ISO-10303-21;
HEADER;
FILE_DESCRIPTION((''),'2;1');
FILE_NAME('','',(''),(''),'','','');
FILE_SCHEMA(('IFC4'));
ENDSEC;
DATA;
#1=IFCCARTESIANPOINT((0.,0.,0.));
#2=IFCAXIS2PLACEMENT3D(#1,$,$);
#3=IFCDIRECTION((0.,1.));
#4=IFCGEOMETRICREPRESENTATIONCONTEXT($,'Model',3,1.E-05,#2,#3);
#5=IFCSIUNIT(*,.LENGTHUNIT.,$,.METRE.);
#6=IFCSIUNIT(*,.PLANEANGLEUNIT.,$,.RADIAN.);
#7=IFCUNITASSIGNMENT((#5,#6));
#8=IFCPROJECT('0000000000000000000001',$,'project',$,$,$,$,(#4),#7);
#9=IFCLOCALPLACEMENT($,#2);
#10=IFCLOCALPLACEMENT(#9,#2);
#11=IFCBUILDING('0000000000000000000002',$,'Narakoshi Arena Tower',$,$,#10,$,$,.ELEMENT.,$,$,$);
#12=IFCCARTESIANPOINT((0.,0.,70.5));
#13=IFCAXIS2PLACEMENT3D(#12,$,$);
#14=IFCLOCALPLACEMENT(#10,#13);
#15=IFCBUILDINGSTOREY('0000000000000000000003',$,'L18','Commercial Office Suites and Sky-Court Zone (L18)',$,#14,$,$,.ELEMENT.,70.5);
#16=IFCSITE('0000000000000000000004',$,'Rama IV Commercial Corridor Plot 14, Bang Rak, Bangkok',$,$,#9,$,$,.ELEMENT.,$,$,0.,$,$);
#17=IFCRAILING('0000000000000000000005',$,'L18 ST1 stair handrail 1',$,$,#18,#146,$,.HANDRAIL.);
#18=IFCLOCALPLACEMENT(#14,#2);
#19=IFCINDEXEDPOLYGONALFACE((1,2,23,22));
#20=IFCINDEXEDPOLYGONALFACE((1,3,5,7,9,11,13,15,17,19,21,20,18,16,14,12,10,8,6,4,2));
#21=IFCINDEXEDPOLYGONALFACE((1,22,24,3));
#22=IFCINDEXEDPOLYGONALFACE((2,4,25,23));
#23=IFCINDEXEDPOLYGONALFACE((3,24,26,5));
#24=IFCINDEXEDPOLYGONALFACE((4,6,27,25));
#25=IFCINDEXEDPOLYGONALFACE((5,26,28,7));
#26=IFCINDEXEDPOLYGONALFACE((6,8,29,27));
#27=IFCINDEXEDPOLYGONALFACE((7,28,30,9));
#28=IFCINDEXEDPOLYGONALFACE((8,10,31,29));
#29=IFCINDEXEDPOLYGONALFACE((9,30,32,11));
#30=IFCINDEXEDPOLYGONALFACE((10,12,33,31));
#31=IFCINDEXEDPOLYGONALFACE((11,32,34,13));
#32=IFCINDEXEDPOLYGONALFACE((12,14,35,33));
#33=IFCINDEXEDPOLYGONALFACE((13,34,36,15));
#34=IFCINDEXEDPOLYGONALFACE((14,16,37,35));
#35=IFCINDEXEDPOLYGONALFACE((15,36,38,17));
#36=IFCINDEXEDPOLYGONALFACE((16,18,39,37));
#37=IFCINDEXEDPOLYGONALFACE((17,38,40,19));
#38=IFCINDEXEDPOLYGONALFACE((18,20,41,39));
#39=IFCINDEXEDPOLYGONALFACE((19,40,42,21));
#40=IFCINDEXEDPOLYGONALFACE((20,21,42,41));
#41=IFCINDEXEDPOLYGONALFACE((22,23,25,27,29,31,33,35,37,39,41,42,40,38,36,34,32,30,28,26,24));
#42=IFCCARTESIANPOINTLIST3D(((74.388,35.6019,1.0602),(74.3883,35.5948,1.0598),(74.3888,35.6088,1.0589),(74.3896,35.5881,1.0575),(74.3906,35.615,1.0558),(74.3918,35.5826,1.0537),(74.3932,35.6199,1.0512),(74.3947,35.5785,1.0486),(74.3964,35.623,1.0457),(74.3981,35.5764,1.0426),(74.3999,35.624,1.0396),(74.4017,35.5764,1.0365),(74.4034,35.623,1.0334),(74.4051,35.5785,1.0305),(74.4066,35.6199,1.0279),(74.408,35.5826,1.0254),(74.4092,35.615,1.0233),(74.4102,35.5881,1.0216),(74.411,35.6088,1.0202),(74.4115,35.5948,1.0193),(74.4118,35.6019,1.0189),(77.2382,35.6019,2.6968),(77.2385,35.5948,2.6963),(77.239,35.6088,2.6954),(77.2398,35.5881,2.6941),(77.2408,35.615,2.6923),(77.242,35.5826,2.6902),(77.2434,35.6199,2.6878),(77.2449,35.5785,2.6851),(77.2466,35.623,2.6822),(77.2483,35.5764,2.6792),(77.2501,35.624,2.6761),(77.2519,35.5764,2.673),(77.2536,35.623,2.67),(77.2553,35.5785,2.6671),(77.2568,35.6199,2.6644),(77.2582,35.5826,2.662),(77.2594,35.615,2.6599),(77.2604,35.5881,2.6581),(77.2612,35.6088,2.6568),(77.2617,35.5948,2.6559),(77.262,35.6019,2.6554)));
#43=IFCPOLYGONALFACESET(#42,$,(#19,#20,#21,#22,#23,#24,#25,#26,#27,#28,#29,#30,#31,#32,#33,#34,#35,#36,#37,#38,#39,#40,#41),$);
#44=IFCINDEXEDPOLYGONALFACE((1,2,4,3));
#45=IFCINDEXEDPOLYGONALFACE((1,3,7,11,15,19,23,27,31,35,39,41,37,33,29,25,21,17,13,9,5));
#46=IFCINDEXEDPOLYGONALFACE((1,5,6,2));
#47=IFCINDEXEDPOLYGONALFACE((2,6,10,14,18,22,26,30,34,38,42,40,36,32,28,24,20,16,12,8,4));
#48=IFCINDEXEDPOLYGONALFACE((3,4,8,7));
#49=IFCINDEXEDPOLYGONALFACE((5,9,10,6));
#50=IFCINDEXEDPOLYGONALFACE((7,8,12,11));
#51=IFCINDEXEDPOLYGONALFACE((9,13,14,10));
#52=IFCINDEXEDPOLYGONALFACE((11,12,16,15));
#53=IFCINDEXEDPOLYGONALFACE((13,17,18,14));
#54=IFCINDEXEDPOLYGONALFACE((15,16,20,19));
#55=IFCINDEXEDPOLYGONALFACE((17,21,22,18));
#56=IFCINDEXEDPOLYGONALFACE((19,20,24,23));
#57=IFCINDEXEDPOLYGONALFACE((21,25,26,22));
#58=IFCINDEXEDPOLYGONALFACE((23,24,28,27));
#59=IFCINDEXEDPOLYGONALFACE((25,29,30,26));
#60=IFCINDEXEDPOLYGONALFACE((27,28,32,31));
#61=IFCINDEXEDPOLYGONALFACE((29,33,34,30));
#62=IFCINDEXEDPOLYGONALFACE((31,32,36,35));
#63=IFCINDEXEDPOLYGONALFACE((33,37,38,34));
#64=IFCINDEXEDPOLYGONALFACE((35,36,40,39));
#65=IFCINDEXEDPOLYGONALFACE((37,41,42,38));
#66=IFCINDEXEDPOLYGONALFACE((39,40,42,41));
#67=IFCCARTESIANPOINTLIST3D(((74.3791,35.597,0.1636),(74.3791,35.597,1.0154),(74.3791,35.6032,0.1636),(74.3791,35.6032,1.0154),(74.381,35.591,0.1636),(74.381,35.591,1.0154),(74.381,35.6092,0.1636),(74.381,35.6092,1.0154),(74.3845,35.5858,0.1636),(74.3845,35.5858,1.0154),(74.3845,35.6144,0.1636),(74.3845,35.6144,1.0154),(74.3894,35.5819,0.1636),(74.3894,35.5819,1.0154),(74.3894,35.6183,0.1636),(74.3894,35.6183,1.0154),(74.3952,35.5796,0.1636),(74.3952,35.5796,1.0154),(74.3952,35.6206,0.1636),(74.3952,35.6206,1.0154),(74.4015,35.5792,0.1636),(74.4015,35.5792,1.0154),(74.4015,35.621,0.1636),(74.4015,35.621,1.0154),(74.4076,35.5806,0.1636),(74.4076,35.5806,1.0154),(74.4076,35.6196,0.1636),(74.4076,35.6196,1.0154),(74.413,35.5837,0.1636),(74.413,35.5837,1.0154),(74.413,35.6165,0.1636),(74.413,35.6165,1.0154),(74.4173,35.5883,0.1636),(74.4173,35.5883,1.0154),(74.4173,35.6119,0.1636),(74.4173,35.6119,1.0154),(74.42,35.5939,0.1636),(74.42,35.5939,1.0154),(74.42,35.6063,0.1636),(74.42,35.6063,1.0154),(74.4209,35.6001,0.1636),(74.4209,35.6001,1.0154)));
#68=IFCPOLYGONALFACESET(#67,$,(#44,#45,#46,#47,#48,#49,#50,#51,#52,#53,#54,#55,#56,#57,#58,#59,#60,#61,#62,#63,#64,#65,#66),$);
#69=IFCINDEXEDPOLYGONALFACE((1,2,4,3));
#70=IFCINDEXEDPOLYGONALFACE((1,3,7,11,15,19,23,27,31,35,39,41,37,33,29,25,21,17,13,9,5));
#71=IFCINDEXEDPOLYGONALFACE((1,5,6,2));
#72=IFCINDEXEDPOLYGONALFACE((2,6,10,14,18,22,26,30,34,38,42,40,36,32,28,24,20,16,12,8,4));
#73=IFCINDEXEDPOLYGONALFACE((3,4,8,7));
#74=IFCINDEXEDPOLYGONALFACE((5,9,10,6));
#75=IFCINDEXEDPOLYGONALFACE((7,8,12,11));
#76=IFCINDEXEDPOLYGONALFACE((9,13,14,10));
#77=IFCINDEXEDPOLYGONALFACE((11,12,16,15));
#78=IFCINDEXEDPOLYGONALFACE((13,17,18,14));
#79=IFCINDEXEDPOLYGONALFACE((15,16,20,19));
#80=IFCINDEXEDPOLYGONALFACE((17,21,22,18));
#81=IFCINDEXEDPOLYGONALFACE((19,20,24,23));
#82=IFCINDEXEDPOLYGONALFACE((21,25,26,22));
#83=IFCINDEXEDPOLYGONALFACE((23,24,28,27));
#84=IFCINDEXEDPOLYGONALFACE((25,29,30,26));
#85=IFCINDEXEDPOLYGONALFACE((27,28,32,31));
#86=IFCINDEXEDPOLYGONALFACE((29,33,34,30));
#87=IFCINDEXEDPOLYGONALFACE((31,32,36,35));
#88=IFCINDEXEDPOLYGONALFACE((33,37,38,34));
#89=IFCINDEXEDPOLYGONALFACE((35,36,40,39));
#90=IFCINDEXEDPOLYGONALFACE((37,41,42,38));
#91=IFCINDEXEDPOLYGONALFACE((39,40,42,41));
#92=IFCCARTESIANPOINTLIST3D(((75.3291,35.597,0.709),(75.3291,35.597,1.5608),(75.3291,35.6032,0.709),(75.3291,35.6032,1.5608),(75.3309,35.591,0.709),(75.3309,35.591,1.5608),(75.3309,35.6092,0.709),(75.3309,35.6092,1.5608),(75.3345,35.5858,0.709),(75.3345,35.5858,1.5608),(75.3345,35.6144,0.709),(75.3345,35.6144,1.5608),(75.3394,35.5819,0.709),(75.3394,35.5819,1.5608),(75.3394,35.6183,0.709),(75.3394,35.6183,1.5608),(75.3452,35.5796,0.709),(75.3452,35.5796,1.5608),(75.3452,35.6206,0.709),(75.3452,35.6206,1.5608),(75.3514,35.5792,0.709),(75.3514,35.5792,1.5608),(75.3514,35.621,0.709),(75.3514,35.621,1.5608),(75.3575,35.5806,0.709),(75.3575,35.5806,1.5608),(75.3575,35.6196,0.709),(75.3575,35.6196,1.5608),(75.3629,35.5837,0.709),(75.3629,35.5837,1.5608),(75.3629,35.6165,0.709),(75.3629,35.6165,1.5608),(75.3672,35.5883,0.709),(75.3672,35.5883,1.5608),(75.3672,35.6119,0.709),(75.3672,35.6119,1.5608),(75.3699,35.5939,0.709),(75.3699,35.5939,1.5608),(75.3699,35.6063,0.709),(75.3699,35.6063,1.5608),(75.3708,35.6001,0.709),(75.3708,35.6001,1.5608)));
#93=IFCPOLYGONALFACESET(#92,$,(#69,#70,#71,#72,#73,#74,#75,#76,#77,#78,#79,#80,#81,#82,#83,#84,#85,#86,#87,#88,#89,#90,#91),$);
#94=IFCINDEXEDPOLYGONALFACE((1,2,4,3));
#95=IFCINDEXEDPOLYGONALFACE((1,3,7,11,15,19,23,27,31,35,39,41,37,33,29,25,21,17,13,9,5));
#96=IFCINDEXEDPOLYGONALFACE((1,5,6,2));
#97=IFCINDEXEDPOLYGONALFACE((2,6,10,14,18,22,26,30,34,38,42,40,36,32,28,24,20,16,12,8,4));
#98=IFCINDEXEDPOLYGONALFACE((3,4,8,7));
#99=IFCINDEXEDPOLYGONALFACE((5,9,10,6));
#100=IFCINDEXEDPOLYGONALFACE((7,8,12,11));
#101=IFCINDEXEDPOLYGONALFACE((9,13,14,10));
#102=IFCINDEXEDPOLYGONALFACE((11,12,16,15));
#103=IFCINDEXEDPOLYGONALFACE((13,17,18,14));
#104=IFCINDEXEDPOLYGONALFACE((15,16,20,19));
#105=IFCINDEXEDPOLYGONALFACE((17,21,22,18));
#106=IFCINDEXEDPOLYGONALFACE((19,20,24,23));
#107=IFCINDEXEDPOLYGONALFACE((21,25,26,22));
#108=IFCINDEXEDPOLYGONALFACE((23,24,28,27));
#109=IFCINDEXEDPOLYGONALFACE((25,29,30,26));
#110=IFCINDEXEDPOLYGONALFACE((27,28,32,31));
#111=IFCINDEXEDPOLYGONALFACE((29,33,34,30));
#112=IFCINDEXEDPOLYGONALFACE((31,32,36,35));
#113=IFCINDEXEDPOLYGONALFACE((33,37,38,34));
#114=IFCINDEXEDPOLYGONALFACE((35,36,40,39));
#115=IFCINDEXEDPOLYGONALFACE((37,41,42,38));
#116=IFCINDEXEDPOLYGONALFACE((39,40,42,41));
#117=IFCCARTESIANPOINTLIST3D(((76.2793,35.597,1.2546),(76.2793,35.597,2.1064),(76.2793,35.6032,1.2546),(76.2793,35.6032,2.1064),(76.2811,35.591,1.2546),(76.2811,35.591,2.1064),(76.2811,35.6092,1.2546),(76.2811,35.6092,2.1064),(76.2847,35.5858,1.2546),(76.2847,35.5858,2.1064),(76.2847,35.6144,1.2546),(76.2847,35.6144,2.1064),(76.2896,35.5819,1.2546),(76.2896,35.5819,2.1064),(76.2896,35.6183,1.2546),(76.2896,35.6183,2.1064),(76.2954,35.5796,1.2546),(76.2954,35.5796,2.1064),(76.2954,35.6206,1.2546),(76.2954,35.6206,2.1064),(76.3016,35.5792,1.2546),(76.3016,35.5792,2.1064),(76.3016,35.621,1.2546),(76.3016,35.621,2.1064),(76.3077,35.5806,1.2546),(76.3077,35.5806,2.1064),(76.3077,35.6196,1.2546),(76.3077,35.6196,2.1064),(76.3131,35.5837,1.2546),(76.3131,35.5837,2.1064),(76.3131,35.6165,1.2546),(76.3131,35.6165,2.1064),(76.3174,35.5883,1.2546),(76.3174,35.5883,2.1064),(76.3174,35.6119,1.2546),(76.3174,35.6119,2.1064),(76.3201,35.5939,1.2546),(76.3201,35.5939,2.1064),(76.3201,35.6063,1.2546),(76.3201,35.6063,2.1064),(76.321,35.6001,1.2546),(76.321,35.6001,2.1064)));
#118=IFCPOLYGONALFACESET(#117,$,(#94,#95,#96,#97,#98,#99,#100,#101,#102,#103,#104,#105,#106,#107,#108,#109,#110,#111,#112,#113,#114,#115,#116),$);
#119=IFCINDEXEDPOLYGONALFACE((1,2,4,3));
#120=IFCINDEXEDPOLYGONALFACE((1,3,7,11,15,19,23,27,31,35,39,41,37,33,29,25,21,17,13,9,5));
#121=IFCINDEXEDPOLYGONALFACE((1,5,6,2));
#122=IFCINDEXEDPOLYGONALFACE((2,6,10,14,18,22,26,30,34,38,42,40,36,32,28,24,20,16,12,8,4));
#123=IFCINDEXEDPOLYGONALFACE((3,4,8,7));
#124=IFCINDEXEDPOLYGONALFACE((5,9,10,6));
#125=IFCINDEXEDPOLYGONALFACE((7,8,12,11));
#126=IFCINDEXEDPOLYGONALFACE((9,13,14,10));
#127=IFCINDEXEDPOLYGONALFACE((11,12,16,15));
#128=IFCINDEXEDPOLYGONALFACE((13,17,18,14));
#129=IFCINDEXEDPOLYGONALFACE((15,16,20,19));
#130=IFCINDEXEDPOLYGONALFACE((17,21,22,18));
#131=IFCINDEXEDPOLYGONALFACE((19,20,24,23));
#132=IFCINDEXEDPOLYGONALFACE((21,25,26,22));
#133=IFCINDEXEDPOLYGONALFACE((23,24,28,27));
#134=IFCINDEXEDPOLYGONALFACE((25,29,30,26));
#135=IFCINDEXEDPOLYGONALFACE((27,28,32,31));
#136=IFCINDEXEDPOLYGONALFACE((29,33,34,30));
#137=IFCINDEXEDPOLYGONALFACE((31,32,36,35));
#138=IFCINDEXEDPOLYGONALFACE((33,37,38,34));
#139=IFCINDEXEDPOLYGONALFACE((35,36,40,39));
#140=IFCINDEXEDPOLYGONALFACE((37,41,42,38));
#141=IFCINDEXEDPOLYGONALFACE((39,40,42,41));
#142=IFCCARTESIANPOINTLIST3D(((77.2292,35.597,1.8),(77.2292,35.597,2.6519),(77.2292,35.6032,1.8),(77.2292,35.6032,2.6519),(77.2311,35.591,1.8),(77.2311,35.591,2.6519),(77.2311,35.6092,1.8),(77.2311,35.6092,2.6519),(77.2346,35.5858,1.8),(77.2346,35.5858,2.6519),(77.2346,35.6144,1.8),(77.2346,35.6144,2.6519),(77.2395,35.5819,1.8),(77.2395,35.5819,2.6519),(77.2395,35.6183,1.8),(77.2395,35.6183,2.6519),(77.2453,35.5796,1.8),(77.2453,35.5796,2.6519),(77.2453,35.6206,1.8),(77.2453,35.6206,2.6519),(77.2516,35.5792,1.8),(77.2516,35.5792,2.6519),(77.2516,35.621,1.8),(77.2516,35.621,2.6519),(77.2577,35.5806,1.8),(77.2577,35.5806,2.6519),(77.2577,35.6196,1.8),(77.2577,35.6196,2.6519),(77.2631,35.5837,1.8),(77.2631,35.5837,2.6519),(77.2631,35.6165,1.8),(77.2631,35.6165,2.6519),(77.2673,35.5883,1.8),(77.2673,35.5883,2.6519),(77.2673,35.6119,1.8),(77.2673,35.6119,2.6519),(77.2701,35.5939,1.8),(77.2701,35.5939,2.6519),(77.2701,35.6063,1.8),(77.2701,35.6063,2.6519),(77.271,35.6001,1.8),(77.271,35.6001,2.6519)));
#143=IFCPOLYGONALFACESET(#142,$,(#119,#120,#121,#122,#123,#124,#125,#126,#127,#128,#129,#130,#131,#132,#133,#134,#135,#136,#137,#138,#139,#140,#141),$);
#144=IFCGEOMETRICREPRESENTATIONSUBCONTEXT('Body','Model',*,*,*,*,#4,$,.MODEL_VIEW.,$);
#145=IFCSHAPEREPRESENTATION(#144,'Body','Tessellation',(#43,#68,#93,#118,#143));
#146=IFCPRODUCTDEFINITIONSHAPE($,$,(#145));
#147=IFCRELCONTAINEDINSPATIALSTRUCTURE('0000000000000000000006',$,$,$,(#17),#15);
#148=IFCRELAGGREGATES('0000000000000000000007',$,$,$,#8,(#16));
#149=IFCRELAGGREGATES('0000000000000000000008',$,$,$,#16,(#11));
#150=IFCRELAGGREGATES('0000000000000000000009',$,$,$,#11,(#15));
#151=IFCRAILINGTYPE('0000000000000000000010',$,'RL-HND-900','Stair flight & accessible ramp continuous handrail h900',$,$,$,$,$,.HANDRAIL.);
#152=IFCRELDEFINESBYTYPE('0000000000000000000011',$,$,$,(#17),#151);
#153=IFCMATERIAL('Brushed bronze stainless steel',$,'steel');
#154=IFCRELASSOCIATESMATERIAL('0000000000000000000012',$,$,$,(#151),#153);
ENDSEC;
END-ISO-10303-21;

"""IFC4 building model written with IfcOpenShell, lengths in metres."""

from ifc_helpers import new_model, si_unit, direction, frame, origin, origin_2d, place, context, subcontext, project, spatial, circle, extrude, material, type_object, element, save


model = new_model("IFC4")

# Units and contexts
model_context = context("Model", 3, precision=1e-05, world=origin(), true_north=direction((0.0, 1.0)))
body_context = subcontext(model_context, "Body", "Model", "MODEL_VIEW")
ifc_project = project(units=[si_unit("LENGTHUNIT", "METRE"), si_unit("PLANEANGLEUNIT", "RADIAN")], contexts=[model_context])

# Site, building, storey
site_placement = place(None, origin())
site = spatial("IfcSite", under=ifc_project, at=site_placement, Name="Rama IV Commercial Corridor Plot 14, Bang Rak, Bangkok", CompositionType="ELEMENT", RefElevation=0.0)
building_placement = place(site_placement, origin())
building = spatial("IfcBuilding", under=site, at=building_placement, Name="Narakoshi Arena Tower", CompositionType="ELEMENT")
storey_placement = place(building_placement, frame((0.0, 0.0, 70.5)))
storey = spatial("IfcBuildingStorey", under=building, at=storey_placement, Name="L18", Description="Commercial Office Suites and Sky-Court Zone (L18)", CompositionType="ELEMENT", Elevation=70.5)

# Railing
ifc_material_1 = material(Name="Brushed bronze stainless steel", Category="steel")
railing_type_1 = type_object("IfcRailingType", Name="RL-HND-900", Description="Stair flight & accessible ramp continuous handrail h900", PredefinedType="HANDRAIL", material=ifc_material_1)
railing_1_placement = place(storey_placement, frame((74.3999, 35.6001, 0.1636)))
element("IfcRailing", 1, at=railing_1_placement, inside=storey, type_object=railing_type_1, Name="L18 ST1 stair handrail 1", PredefinedType="HANDRAIL", context=body_context, shape_type="SweptSolid", body=[
    extrude(circle(Radius=0.0239, at=origin_2d()), frame((0.0, 0.0, 0.876), z_axis=(0.867213, 0.0, 0.497938), x_axis=(0.0, 1.0, 0.0)), (0.0, 0.0, 1.0), 3.2866),
    extrude(circle(Radius=0.021, at=origin_2d()), origin(), (0.0, 0.0, 1.0), 0.8518),
    extrude(circle(Radius=0.021, at=origin_2d()), frame((0.95, 0.0, 0.5454)), (0.0, 0.0, 1.0), 0.8518),
    extrude(circle(Radius=0.021, at=origin_2d()), frame((1.9001, 0.0, 1.0911)), (0.0, 0.0, 1.0), 0.8518),
    extrude(circle(Radius=0.021, at=origin_2d()), frame((2.8501, 0.0, 1.6365)), (0.0, 0.0, 1.0), 0.8518),
])

save(model, "model.ifc")
